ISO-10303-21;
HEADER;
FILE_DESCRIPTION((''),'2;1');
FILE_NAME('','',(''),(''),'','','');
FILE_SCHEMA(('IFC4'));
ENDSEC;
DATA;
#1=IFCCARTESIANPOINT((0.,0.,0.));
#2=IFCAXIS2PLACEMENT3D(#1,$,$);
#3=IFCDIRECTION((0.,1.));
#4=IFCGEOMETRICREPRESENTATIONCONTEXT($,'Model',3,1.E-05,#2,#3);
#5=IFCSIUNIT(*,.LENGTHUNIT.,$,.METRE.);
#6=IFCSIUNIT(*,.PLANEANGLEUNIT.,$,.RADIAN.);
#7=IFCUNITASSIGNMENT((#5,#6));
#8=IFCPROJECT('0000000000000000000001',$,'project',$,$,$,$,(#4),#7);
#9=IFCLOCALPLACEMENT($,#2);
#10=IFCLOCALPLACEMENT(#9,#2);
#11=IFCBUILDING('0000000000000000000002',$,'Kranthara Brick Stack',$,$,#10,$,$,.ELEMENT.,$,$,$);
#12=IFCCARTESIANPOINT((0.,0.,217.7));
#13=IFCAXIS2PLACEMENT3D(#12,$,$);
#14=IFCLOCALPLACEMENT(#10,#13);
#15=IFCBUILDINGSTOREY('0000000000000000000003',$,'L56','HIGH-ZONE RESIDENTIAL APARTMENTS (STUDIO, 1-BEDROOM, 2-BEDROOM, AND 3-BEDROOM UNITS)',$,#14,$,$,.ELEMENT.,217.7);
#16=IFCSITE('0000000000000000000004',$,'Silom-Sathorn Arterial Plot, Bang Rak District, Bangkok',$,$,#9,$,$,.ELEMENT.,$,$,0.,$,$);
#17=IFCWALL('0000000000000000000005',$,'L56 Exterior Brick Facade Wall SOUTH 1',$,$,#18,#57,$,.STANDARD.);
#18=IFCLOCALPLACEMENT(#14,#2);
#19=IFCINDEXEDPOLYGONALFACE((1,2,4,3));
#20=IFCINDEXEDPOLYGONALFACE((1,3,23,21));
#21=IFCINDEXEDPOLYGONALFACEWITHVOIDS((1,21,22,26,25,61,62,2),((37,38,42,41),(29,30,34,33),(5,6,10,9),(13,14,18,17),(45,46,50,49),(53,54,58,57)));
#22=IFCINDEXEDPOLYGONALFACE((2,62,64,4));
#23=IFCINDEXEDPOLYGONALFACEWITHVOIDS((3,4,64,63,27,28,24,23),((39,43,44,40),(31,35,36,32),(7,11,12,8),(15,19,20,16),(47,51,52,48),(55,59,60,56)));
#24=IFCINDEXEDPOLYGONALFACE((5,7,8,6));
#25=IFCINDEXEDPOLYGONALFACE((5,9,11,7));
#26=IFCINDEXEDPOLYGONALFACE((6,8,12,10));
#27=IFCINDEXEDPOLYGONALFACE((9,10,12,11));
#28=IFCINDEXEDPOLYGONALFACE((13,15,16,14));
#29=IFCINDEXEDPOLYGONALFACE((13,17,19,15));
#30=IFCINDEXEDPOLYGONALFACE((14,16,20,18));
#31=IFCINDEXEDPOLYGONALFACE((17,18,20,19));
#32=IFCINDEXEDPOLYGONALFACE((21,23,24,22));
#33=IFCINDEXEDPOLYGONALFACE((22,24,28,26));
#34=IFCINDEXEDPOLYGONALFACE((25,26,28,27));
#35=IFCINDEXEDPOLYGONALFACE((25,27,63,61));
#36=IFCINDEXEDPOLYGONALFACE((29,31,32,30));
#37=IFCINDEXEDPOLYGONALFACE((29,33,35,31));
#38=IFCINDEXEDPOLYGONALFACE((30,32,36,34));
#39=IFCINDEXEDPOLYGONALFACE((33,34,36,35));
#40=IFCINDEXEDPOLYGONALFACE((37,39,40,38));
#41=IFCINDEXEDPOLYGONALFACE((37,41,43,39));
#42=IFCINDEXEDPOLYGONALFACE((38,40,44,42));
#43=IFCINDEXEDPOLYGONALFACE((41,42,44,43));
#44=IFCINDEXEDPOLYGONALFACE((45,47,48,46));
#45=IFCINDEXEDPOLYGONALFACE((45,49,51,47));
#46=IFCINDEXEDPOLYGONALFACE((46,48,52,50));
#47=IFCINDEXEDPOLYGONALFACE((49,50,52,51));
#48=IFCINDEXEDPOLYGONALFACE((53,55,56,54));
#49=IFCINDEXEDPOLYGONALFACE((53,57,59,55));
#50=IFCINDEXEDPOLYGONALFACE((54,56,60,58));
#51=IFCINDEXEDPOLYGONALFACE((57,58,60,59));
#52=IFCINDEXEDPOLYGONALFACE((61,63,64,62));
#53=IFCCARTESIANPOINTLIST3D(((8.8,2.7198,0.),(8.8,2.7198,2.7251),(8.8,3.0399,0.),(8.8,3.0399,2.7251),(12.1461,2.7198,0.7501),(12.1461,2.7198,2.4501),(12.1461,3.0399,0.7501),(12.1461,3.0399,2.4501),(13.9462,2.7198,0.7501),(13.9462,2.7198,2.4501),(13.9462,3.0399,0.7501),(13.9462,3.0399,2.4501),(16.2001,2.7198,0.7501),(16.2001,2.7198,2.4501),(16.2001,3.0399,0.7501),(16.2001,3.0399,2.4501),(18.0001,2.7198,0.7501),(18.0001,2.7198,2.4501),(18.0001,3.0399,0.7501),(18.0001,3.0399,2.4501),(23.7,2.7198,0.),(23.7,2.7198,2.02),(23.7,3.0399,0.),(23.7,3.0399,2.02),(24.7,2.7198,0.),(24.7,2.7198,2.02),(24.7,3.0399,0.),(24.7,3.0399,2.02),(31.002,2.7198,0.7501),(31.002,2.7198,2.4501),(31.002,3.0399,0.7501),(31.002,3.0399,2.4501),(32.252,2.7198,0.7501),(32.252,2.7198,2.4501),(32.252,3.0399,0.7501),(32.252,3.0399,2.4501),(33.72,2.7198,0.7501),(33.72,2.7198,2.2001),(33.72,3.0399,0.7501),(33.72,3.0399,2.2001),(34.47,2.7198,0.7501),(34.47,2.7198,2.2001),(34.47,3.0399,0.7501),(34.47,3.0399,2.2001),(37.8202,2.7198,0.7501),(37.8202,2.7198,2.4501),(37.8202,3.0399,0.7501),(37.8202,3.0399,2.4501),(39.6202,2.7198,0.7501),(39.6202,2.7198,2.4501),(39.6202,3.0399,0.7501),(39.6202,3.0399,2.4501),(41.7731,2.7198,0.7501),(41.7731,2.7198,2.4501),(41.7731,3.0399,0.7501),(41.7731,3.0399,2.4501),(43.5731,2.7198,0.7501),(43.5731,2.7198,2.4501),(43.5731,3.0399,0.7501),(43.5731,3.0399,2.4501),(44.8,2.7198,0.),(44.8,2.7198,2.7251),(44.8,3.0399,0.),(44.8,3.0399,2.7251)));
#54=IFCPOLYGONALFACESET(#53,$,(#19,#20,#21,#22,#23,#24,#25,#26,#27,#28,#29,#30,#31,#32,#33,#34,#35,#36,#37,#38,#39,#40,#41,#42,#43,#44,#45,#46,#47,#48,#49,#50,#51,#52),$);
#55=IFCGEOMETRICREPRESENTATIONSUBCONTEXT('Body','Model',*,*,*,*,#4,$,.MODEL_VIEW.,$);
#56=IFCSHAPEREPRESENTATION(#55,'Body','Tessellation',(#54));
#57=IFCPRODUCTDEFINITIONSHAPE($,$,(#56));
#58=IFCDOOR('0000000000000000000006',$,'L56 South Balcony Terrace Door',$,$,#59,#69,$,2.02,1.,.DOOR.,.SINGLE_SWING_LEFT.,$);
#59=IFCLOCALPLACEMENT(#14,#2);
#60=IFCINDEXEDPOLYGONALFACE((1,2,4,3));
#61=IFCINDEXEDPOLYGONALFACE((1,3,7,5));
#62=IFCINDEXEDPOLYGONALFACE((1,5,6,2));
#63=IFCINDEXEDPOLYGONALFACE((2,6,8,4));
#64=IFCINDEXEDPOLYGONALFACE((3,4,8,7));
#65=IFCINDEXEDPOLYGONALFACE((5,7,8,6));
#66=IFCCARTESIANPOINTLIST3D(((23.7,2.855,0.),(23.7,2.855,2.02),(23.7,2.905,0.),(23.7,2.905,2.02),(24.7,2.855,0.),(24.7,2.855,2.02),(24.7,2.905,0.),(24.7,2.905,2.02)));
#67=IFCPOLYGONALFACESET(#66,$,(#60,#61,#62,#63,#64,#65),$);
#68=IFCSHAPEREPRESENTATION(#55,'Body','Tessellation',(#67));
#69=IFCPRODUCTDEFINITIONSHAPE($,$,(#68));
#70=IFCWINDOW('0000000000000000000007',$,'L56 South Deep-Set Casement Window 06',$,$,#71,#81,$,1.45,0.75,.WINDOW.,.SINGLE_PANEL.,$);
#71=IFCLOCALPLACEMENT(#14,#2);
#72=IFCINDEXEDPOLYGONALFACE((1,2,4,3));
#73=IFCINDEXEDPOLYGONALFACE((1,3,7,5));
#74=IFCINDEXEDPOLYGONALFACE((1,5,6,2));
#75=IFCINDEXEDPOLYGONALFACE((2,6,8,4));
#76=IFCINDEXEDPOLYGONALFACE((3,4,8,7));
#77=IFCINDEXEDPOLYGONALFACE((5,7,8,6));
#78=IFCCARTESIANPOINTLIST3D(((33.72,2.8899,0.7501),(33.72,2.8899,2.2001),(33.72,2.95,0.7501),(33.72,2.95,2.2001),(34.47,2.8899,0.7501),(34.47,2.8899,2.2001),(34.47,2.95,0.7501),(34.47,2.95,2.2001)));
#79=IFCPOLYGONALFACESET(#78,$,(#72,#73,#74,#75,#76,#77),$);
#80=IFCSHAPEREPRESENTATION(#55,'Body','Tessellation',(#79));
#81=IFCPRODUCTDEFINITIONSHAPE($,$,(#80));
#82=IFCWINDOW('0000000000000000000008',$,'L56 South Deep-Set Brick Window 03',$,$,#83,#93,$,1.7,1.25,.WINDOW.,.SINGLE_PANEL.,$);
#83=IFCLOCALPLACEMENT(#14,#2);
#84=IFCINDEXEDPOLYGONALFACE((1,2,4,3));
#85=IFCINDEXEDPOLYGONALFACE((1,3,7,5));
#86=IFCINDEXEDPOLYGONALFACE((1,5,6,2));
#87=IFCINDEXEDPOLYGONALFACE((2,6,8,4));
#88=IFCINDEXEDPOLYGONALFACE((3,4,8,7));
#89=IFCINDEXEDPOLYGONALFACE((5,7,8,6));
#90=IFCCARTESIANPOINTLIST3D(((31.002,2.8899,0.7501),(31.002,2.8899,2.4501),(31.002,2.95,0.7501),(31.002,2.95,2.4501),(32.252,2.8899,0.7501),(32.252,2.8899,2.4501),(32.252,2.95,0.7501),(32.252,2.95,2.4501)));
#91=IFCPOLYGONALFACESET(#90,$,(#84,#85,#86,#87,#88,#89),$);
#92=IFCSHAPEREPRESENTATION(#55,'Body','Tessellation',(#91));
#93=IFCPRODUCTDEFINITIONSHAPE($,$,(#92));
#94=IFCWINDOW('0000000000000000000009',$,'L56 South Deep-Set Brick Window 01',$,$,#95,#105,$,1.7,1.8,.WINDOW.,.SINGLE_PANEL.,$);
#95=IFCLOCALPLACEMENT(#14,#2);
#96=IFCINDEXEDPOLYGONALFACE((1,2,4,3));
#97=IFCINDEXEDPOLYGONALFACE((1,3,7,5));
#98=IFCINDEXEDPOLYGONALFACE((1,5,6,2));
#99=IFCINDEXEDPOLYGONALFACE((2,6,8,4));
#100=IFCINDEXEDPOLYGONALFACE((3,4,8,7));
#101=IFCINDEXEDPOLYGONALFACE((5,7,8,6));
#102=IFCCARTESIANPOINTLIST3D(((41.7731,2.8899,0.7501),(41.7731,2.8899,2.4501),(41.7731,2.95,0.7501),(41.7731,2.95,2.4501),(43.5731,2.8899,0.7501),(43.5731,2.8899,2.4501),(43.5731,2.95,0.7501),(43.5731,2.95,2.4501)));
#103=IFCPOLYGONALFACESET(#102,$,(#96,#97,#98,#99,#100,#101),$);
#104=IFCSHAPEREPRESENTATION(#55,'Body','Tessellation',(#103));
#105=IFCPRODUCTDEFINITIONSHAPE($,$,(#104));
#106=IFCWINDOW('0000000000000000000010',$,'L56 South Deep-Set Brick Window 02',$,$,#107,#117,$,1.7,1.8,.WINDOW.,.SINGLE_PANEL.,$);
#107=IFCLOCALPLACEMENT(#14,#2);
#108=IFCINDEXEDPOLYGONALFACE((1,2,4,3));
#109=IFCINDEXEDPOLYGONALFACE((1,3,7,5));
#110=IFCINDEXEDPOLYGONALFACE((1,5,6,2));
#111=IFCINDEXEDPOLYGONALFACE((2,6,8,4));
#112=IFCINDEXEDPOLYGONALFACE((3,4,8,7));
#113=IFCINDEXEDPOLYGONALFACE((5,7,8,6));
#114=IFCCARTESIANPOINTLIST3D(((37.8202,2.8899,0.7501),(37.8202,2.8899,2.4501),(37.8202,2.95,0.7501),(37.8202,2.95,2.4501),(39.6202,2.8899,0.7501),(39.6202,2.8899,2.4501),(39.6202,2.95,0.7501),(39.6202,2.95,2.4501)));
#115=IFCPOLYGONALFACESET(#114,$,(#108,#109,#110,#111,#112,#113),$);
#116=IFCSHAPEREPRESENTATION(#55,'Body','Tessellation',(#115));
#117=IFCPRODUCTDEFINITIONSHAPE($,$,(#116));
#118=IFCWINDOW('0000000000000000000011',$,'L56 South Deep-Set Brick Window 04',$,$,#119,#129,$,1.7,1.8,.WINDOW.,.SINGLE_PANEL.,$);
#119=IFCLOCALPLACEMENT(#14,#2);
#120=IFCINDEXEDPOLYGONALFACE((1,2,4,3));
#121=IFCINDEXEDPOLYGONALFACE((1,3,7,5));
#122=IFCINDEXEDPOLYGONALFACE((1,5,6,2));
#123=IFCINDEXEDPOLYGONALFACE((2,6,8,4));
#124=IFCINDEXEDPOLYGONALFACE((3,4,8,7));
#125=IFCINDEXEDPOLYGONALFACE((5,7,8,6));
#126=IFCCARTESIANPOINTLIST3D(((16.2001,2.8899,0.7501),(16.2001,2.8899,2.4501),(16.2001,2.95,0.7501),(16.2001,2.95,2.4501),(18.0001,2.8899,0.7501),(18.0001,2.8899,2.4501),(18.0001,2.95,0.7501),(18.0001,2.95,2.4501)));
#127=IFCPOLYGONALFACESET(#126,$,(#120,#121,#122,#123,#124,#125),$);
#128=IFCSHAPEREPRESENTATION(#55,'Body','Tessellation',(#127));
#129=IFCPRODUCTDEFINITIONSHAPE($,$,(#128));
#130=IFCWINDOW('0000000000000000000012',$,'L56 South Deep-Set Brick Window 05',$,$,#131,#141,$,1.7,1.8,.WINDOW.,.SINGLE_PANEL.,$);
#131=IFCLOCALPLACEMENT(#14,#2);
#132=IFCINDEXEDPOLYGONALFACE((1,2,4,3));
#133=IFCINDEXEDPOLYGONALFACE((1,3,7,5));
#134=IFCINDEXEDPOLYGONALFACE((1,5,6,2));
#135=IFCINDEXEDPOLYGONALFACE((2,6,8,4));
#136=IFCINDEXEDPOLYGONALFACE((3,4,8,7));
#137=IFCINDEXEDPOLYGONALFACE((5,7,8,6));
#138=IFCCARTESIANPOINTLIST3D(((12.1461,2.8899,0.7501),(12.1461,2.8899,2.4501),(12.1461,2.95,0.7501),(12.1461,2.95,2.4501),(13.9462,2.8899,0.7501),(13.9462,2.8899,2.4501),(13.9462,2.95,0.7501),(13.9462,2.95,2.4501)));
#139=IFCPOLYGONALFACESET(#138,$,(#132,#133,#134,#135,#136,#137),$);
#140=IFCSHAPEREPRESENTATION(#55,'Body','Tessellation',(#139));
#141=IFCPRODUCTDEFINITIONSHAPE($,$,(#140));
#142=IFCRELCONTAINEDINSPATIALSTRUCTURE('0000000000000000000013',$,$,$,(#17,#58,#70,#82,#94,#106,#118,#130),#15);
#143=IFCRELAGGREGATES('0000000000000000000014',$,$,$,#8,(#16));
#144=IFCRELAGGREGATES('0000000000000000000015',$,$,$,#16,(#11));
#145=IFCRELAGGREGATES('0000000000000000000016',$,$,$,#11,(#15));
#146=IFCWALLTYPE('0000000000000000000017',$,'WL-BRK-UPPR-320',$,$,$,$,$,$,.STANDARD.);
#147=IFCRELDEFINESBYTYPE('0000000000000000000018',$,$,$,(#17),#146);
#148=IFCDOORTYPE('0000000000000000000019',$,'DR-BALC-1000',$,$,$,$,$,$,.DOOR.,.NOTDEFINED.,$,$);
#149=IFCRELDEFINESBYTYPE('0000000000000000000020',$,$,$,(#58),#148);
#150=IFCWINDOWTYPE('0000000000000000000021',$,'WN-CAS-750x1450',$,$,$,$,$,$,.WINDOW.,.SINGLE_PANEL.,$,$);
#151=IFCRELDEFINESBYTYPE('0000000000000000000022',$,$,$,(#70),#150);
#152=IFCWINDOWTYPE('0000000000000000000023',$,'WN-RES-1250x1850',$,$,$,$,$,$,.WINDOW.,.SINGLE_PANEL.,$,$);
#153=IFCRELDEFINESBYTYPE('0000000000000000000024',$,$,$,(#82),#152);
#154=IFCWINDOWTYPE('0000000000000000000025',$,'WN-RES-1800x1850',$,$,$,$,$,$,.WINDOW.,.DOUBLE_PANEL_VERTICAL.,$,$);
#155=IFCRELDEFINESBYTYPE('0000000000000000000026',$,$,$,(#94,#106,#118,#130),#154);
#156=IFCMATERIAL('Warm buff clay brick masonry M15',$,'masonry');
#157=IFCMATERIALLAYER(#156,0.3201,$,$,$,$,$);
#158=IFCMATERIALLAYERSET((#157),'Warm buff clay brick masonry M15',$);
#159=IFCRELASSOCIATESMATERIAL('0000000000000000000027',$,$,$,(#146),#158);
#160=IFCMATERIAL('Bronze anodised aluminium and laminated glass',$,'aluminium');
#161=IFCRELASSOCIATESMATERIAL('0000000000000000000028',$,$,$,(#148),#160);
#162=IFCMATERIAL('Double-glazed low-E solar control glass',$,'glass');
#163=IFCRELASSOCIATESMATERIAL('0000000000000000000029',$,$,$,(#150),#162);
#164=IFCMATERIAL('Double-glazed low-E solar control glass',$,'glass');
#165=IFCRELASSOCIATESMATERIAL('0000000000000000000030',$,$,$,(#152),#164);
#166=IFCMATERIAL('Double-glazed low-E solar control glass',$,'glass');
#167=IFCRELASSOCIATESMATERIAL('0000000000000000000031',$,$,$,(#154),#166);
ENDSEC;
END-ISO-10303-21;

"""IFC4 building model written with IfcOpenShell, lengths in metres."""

from ifc_helpers import new_model, si_unit, direction, frame, frame_2d, origin, place, context, subcontext, project, spatial, rectangle, extrude, material, layer, layer_set, type_object, element, fill, save


model = new_model("IFC4")

# Units and contexts
model_context = context("Model", 3, precision=1e-05, world=origin(), true_north=direction((0.0, 1.0)))
body_context = subcontext(model_context, "Body", "Model", "MODEL_VIEW")
ifc_project = project(units=[si_unit("LENGTHUNIT", "METRE"), si_unit("PLANEANGLEUNIT", "RADIAN")], contexts=[model_context])

# Site, building, storey
site_placement = place(None, origin())
site = spatial("IfcSite", under=ifc_project, at=site_placement, Name="Silom-Sathorn Arterial Plot, Bang Rak District, Bangkok", CompositionType="ELEMENT", RefElevation=0.0)
building_placement = place(site_placement, origin())
building = spatial("IfcBuilding", under=site, at=building_placement, Name="Kranthara Brick Stack", CompositionType="ELEMENT")
storey_placement = place(building_placement, frame((0.0, 0.0, 217.7)))
storey = spatial("IfcBuildingStorey", under=building, at=storey_placement, Name="L56", Description="HIGH-ZONE RESIDENTIAL APARTMENTS (STUDIO, 1-BEDROOM, 2-BEDROOM, AND 3-BEDROOM UNITS)", CompositionType="ELEMENT", Elevation=217.7)

# Wall, openings, door, windows
ifc_material_1 = material(Name="Warm buff clay brick masonry M15", Category="masonry")
ifc_layer_1 = layer(ifc_material_1, 0.3201)
ifc_layer_set_1 = layer_set([ifc_layer_1], Name="Warm buff clay brick masonry M15")
wall_type_1 = type_object("IfcWallType", Name="WL-BRK-UPPR-320", PredefinedType="STANDARD", material=ifc_layer_set_1)
wall_1_placement = place(storey_placement, frame((44.8, 2.8799, 0.0), z_axis=(0.0, 0.0, 1.0), x_axis=(-1.0, 0.0, 0.0)))
wall_1 = element("IfcWall", 1, at=wall_1_placement, inside=storey, type_object=wall_type_1, Name="L56 Exterior Brick Facade Wall SOUTH 1", PredefinedType="STANDARD", context=body_context, shape_type="SweptSolid", body=[
    extrude(rectangle(XDim=36.0, YDim=0.3201, at=frame_2d((18.0, 0.0))), origin(), (0.0, 0.0, 1.0), 2.7251),
])
opening_1_placement = place(wall_1_placement, frame((20.1001, 0.0, 0.0)))
opening_1 = element("IfcOpeningElement", 2, at=opening_1_placement, cuts=wall_1, PredefinedType="OPENING", context=body_context, shape_type="SweptSolid", body=[
    extrude(rectangle(XDim=1.0, YDim=2.02, at=frame_2d((0.5, 1.01))), frame((0.0, 0.1699, 0.0), z_axis=(0.0, -1.0, 0.0), x_axis=(1.0, 0.0, 0.0)), (0.0, 0.0, 1.0), 0.3401),
])
opening_2_placement = place(wall_1_placement, frame((1.2271, 0.0, 0.75)))
opening_2 = element("IfcOpeningElement", 3, at=opening_2_placement, cuts=wall_1, PredefinedType="OPENING", context=body_context, shape_type="SweptSolid", body=[
    extrude(rectangle(XDim=1.8, YDim=1.7, at=frame_2d((0.8999, 0.8501))), frame((0.0, 0.1699, 0.0), z_axis=(0.0, -1.0, 0.0), x_axis=(1.0, 0.0, 0.0)), (0.0, 0.0, 1.0), 0.3401),
])
opening_3_placement = place(wall_1_placement, frame((5.1799, 0.0, 0.75)))
opening_3 = element("IfcOpeningElement", 4, at=opening_3_placement, cuts=wall_1, PredefinedType="OPENING", context=body_context, shape_type="SweptSolid", body=[
    extrude(rectangle(XDim=1.8, YDim=1.7, at=frame_2d((0.8999, 0.8501))), frame((0.0, 0.1699, 0.0), z_axis=(0.0, -1.0, 0.0), x_axis=(1.0, 0.0, 0.0)), (0.0, 0.0, 1.0), 0.3401),
])
opening_4_placement = place(wall_1_placement, frame((12.5481, 0.0, 0.75)))
opening_4 = element("IfcOpeningElement", 5, at=opening_4_placement, cuts=wall_1, PredefinedType="OPENING", context=body_context, shape_type="SweptSolid", body=[
    extrude(rectangle(XDim=1.25, YDim=1.7, at=frame_2d((0.625, 0.8501))), frame((0.0, 0.1699, 0.0), z_axis=(0.0, -1.0, 0.0), x_axis=(1.0, 0.0, 0.0)), (0.0, 0.0, 1.0), 0.3401),
])
opening_5_placement = place(wall_1_placement, frame((26.8, 0.0, 0.75)))
opening_5 = element("IfcOpeningElement", 6, at=opening_5_placement, cuts=wall_1, PredefinedType="OPENING", context=body_context, shape_type="SweptSolid", body=[
    extrude(rectangle(XDim=1.8, YDim=1.7, at=frame_2d((0.8999, 0.8501))), frame((0.0, 0.1699, 0.0), z_axis=(0.0, -1.0, 0.0), x_axis=(1.0, 0.0, 0.0)), (0.0, 0.0, 1.0), 0.3401),
])
opening_6_placement = place(wall_1_placement, frame((30.854, 0.0, 0.75)))
opening_6 = element("IfcOpeningElement", 7, at=opening_6_placement, cuts=wall_1, PredefinedType="OPENING", context=body_context, shape_type="SweptSolid", body=[
    extrude(rectangle(XDim=1.8, YDim=1.7, at=frame_2d((0.8999, 0.8501))), frame((0.0, 0.1699, 0.0), z_axis=(0.0, -1.0, 0.0), x_axis=(1.0, 0.0, 0.0)), (0.0, 0.0, 1.0), 0.3401),
])
opening_7_placement = place(wall_1_placement, frame((10.3301, 0.0, 0.75)))
opening_7 = element("IfcOpeningElement", 8, at=opening_7_placement, cuts=wall_1, PredefinedType="OPENING", context=body_context, shape_type="SweptSolid", body=[
    extrude(rectangle(XDim=0.75, YDim=1.45, at=frame_2d((0.375, 0.7251))), frame((0.0, 0.1699, 0.0), z_axis=(0.0, -1.0, 0.0), x_axis=(1.0, 0.0, 0.0)), (0.0, 0.0, 1.0), 0.3401),
])
ifc_material_2 = material(Name="Bronze anodised aluminium and laminated glass", Category="aluminium")
door_type_1 = type_object("IfcDoorType", Name="DR-BALC-1000", OperationType="NOTDEFINED", PredefinedType="DOOR", material=ifc_material_2)
door_1_placement = place(opening_1_placement, origin())
door_1 = element("IfcDoor", 9, at=door_1_placement, inside=storey, type_object=door_type_1, Name="L56 South Balcony Terrace Door", OperationType="SINGLE_SWING_LEFT", OverallHeight=2.02, OverallWidth=1.0, PredefinedType="DOOR", context=body_context, shape_type="SweptSolid", body=[
    extrude(rectangle(XDim=1.0, YDim=2.02, at=frame_2d((0.5, 1.01))), frame((0.0, 0.0249, 0.0), z_axis=(0.0, -1.0, 0.0), x_axis=(1.0, 0.0, 0.0)), (0.0, 0.0, 1.0), 0.05),
])
fill(opening_1, door_1)
ifc_material_3 = material(Name="Double-glazed low-E solar control glass", Category="glass")
window_type_1 = type_object("IfcWindowType", Name="WN-CAS-750x1450", PartitioningType="SINGLE_PANEL", PredefinedType="WINDOW", material=ifc_material_3)
window_1_placement = place(opening_7_placement, origin())
window_1 = element("IfcWindow", 10, at=window_1_placement, inside=storey, type_object=window_type_1, Name="L56 South Deep-Set Casement Window 06", OverallHeight=1.45, OverallWidth=0.75, PartitioningType="SINGLE_PANEL", PredefinedType="WINDOW", context=body_context, shape_type="SweptSolid", body=[
    extrude(rectangle(XDim=0.75, YDim=1.45, at=frame_2d((0.375, 0.7251))), frame((0.0, -0.01, 0.0), z_axis=(0.0, -1.0, 0.0), x_axis=(1.0, 0.0, 0.0)), (0.0, 0.0, 1.0), 0.0601),
])
fill(opening_7, window_1)
ifc_material_4 = material(Name="Double-glazed low-E solar control glass", Category="glass")
window_type_2 = type_object("IfcWindowType", Name="WN-RES-1250x1850", PartitioningType="SINGLE_PANEL", PredefinedType="WINDOW", material=ifc_material_4)
window_2_placement = place(opening_4_placement, origin())
window_2 = element("IfcWindow", 11, at=window_2_placement, inside=storey, type_object=window_type_2, Name="L56 South Deep-Set Brick Window 03", OverallHeight=1.7, OverallWidth=1.25, PartitioningType="SINGLE_PANEL", PredefinedType="WINDOW", context=body_context, shape_type="SweptSolid", body=[
    extrude(rectangle(XDim=1.25, YDim=1.7, at=frame_2d((0.625, 0.8501))), frame((0.0, -0.01, 0.0), z_axis=(0.0, -1.0, 0.0), x_axis=(1.0, 0.0, 0.0)), (0.0, 0.0, 1.0), 0.0601),
])
fill(opening_4, window_2)
ifc_material_5 = material(Name="Double-glazed low-E solar control glass", Category="glass")
window_type_3 = type_object("IfcWindowType", Name="WN-RES-1800x1850", PartitioningType="DOUBLE_PANEL_VERTICAL", PredefinedType="WINDOW", material=ifc_material_5)
window_3_placement = place(opening_2_placement, origin())
window_3 = element("IfcWindow", 12, at=window_3_placement, inside=storey, type_object=window_type_3, Name="L56 South Deep-Set Brick Window 01", OverallHeight=1.7, OverallWidth=1.8, PartitioningType="SINGLE_PANEL", PredefinedType="WINDOW", context=body_context, shape_type="SweptSolid", body=[
    extrude(rectangle(XDim=1.8, YDim=1.7, at=frame_2d((0.8999, 0.8501))), frame((0.0, -0.01, 0.0), z_axis=(0.0, -1.0, 0.0), x_axis=(1.0, 0.0, 0.0)), (0.0, 0.0, 1.0), 0.0601),
])
fill(opening_2, window_3)
window_4_placement = place(opening_3_placement, origin())
window_4 = element("IfcWindow", 13, at=window_4_placement, inside=storey, type_object=window_type_3, Name="L56 South Deep-Set Brick Window 02", OverallHeight=1.7, OverallWidth=1.8, PartitioningType="SINGLE_PANEL", PredefinedType="WINDOW", context=body_context, shape_type="SweptSolid", body=[
    extrude(rectangle(XDim=1.8, YDim=1.7, at=frame_2d((0.8999, 0.8501))), frame((0.0, -0.01, 0.0), z_axis=(0.0, -1.0, 0.0), x_axis=(1.0, 0.0, 0.0)), (0.0, 0.0, 1.0), 0.0601),
])
fill(opening_3, window_4)
window_5_placement = place(opening_5_placement, origin())
window_5 = element("IfcWindow", 14, at=window_5_placement, inside=storey, type_object=window_type_3, Name="L56 South Deep-Set Brick Window 04", OverallHeight=1.7, OverallWidth=1.8, PartitioningType="SINGLE_PANEL", PredefinedType="WINDOW", context=body_context, shape_type="SweptSolid", body=[
    extrude(rectangle(XDim=1.8, YDim=1.7, at=frame_2d((0.8999, 0.8501))), frame((0.0, -0.01, 0.0), z_axis=(0.0, -1.0, 0.0), x_axis=(1.0, 0.0, 0.0)), (0.0, 0.0, 1.0), 0.0601),
])
fill(opening_5, window_5)
window_6_placement = place(opening_6_placement, origin())
window_6 = element("IfcWindow", 15, at=window_6_placement, inside=storey, type_object=window_type_3, Name="L56 South Deep-Set Brick Window 05", OverallHeight=1.7, OverallWidth=1.8, PartitioningType="SINGLE_PANEL", PredefinedType="WINDOW", context=body_context, shape_type="SweptSolid", body=[
    extrude(rectangle(XDim=1.8, YDim=1.7, at=frame_2d((0.8999, 0.8501))), frame((0.0, -0.01, 0.0), z_axis=(0.0, -1.0, 0.0), x_axis=(1.0, 0.0, 0.0)), (0.0, 0.0, 1.0), 0.0601),
])
fill(opening_6, window_6)

save(model, "model.ifc")
